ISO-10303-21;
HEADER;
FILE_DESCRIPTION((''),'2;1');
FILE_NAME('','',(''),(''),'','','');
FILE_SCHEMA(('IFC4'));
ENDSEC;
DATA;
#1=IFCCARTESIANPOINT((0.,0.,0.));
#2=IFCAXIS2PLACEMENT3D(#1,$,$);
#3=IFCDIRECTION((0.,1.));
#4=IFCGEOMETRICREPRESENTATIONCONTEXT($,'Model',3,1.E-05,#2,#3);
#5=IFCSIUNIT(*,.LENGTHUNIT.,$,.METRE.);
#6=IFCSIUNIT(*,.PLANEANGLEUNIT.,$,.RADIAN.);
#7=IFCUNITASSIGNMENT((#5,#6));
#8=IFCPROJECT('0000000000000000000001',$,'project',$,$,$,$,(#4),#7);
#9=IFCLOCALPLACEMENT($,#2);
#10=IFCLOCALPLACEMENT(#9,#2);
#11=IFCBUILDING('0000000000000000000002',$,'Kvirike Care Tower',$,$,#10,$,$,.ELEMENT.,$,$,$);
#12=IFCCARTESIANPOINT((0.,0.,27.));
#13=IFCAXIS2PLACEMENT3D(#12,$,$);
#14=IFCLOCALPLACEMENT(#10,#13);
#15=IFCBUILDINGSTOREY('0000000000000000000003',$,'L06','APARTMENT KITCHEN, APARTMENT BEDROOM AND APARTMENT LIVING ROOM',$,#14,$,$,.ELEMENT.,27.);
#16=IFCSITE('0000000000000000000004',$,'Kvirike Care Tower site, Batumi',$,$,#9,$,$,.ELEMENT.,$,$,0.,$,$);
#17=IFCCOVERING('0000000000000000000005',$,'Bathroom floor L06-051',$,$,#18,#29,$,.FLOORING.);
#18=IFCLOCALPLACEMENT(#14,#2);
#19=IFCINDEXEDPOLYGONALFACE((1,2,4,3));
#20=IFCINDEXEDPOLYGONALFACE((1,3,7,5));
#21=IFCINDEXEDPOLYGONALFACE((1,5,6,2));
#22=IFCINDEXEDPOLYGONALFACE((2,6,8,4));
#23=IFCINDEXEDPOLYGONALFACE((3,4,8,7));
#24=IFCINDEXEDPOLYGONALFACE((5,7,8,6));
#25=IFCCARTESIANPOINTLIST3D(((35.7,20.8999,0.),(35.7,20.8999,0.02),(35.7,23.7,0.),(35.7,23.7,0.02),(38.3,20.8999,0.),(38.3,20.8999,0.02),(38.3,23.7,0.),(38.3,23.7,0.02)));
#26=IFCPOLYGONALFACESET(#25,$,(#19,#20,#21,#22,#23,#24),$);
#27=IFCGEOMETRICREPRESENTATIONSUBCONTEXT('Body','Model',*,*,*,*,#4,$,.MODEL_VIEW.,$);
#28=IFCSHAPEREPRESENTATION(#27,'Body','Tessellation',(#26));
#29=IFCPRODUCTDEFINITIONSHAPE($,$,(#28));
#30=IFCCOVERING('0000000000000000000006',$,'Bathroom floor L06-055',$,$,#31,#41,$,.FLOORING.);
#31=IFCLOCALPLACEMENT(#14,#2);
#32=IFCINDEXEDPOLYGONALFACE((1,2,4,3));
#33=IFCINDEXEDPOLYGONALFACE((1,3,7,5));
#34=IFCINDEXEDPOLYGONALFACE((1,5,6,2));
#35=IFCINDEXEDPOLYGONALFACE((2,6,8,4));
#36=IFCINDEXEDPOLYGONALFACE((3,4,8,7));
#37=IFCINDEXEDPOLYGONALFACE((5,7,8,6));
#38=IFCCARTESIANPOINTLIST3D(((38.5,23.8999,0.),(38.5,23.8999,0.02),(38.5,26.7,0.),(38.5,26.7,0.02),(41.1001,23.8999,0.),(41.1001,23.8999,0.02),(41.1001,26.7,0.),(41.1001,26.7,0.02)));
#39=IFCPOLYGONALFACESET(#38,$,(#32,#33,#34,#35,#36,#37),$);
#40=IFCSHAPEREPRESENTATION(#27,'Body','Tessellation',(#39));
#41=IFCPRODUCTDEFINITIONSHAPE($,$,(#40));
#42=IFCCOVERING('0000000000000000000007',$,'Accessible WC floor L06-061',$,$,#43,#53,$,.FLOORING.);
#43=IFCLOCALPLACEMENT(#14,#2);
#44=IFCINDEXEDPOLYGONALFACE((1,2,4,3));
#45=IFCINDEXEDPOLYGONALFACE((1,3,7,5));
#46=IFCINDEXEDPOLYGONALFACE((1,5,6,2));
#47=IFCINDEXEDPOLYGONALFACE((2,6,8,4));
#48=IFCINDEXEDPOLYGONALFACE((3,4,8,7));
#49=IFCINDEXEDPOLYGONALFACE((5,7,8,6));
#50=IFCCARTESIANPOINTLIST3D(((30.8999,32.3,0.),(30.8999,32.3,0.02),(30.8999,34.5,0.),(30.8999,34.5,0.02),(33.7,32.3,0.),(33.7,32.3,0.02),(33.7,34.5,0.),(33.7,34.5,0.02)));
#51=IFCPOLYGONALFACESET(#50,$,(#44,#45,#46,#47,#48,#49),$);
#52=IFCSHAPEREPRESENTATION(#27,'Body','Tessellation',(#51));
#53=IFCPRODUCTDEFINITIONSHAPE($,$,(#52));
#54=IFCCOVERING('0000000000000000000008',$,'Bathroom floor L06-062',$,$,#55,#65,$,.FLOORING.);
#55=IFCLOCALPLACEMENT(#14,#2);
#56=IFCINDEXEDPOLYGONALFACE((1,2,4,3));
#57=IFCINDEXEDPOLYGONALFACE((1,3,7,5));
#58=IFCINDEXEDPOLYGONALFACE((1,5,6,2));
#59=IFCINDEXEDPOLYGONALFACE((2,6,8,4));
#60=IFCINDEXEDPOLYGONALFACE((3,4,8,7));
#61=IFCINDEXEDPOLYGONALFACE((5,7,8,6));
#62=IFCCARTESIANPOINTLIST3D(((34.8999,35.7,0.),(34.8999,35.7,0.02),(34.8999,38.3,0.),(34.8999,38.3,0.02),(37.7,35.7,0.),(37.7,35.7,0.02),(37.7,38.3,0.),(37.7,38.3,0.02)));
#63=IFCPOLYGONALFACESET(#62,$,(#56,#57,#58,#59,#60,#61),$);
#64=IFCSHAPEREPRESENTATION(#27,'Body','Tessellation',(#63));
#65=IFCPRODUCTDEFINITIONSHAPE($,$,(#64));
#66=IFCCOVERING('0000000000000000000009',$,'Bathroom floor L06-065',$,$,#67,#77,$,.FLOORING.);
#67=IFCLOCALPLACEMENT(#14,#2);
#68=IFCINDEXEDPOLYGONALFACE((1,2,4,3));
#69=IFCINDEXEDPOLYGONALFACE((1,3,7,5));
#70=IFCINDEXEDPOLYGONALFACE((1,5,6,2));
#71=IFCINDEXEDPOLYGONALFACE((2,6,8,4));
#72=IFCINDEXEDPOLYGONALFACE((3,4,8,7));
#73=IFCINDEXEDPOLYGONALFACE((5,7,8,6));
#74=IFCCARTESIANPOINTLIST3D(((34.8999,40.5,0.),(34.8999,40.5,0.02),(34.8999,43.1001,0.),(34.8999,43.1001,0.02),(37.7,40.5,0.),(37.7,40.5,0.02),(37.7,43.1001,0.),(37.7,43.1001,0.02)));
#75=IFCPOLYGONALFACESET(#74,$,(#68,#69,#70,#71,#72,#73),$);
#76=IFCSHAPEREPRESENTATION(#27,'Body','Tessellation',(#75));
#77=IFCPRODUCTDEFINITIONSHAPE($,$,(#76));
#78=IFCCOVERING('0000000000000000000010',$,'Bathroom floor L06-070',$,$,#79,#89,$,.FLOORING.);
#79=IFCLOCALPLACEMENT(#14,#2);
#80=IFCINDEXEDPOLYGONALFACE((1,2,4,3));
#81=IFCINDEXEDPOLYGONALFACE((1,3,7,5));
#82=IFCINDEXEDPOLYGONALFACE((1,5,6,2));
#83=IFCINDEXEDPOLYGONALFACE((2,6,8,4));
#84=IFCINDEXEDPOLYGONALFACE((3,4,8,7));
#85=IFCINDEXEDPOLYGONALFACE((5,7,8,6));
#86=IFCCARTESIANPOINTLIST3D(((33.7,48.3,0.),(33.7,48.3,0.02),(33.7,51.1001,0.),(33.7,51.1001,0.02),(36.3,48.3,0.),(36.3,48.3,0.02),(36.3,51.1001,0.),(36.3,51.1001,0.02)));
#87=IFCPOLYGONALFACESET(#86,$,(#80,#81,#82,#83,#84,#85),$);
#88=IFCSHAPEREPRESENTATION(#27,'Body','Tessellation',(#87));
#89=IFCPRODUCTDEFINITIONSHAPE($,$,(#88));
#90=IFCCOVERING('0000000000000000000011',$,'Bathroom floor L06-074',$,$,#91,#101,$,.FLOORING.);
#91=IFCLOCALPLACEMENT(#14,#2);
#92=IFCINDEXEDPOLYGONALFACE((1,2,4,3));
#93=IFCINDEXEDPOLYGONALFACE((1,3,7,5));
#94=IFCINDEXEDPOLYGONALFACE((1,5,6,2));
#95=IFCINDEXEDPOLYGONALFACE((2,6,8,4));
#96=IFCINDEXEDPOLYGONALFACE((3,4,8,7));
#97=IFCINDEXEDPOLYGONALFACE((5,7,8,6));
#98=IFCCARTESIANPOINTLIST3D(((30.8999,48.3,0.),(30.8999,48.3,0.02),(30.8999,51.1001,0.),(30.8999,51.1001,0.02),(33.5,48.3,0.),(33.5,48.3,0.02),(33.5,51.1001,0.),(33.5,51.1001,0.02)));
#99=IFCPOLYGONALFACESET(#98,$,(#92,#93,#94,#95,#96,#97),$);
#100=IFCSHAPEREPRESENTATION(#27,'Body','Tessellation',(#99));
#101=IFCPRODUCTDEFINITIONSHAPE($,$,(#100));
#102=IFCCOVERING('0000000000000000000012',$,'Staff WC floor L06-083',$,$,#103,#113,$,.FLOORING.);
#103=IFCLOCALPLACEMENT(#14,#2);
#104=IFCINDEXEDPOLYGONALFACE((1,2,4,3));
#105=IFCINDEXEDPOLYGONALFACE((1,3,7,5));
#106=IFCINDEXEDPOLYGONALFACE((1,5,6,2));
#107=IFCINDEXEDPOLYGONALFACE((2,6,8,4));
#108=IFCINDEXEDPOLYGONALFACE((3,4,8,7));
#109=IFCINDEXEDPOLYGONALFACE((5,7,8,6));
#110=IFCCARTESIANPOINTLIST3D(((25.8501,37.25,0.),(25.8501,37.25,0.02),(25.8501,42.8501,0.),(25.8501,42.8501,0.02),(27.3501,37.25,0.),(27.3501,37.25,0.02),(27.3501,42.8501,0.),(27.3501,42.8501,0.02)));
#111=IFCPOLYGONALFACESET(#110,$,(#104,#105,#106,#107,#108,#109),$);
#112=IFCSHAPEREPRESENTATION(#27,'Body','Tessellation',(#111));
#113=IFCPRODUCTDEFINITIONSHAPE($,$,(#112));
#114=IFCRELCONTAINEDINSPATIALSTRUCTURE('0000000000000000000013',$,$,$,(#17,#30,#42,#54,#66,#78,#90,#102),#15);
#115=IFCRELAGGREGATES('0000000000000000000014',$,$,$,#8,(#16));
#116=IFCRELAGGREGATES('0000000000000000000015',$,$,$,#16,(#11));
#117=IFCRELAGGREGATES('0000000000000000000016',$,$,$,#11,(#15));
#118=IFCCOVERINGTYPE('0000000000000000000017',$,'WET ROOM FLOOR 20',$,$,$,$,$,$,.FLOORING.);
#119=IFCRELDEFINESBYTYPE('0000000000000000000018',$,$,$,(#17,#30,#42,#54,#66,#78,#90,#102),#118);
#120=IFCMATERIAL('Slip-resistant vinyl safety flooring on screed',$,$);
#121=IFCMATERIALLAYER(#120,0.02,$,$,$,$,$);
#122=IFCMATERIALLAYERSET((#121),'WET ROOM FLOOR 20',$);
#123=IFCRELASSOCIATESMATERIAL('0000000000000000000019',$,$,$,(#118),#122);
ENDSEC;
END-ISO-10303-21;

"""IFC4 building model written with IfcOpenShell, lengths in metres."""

from ifc_helpers import new_model, si_unit, direction, frame, origin, place, context, subcontext, project, spatial, polyline, outline, extrude, material, layer, layer_set, type_object, element, save


model = new_model("IFC4")

# Units and contexts
model_context = context("Model", 3, precision=1e-05, world=origin(), true_north=direction((0.0, 1.0)))
body_context = subcontext(model_context, "Body", "Model", "MODEL_VIEW")
ifc_project = project(units=[si_unit("LENGTHUNIT", "METRE"), si_unit("PLANEANGLEUNIT", "RADIAN")], contexts=[model_context])

# Site, building, storey
site_placement = place(None, origin())
site = spatial("IfcSite", under=ifc_project, at=site_placement, Name="Kvirike Care Tower site, Batumi", CompositionType="ELEMENT", RefElevation=0.0)
building_placement = place(site_placement, origin())
building = spatial("IfcBuilding", under=site, at=building_placement, Name="Kvirike Care Tower", CompositionType="ELEMENT")
storey_placement = place(building_placement, frame((0.0, 0.0, 27.0)))
storey = spatial("IfcBuildingStorey", under=building, at=storey_placement, Name="L06", Description="APARTMENT KITCHEN, APARTMENT BEDROOM AND APARTMENT LIVING ROOM", CompositionType="ELEMENT", Elevation=27.0)

# Coverings
ifc_material_1 = material(Name="Slip-resistant vinyl safety flooring on screed")
ifc_layer_1 = layer(ifc_material_1, 0.02)
ifc_layer_set_1 = layer_set([ifc_layer_1], Name="WET ROOM FLOOR 20")
covering_type = type_object("IfcCoveringType", Name="WET ROOM FLOOR 20", PredefinedType="FLOORING", material=ifc_layer_set_1)
covering_1_placement = place(storey_placement, origin())
element("IfcCovering", 1, at=covering_1_placement, inside=storey, type_object=covering_type, Name="Bathroom floor L06-051", PredefinedType="FLOORING", context=body_context, shape_type="SweptSolid", body=[
    extrude(outline(polyline([(35.7, 20.8999), (35.7, 23.7), (38.3, 23.7), (38.3, 20.8999), (35.7, 20.8999)])), origin(), (0.0, 0.0, 1.0), 0.02),
])
covering_2_placement = place(storey_placement, origin())
element("IfcCovering", 2, at=covering_2_placement, inside=storey, type_object=covering_type, Name="Bathroom floor L06-055", PredefinedType="FLOORING", context=body_context, shape_type="SweptSolid", body=[
    extrude(outline(polyline([(38.5, 23.8999), (38.5, 26.7), (41.1001, 26.7), (41.1001, 23.8999), (38.5, 23.8999)])), origin(), (0.0, 0.0, 1.0), 0.02),
])
covering_3_placement = place(storey_placement, origin())
element("IfcCovering", 3, at=covering_3_placement, inside=storey, type_object=covering_type, Name="Accessible WC floor L06-061", PredefinedType="FLOORING", context=body_context, shape_type="SweptSolid", body=[
    extrude(outline(polyline([(33.7, 32.3), (30.8999, 32.3), (30.8999, 34.5), (33.7, 34.5), (33.7, 32.3)])), origin(), (0.0, 0.0, 1.0), 0.02),
])
covering_4_placement = place(storey_placement, origin())
element("IfcCovering", 4, at=covering_4_placement, inside=storey, type_object=covering_type, Name="Bathroom floor L06-062", PredefinedType="FLOORING", context=body_context, shape_type="SweptSolid", body=[
    extrude(outline(polyline([(37.7, 35.7), (34.8999, 35.7), (34.8999, 38.3), (37.7, 38.3), (37.7, 35.7)])), origin(), (0.0, 0.0, 1.0), 0.02),
])
covering_5_placement = place(storey_placement, origin())
element("IfcCovering", 5, at=covering_5_placement, inside=storey, type_object=covering_type, Name="Bathroom floor L06-065", PredefinedType="FLOORING", context=body_context, shape_type="SweptSolid", body=[
    extrude(outline(polyline([(37.7, 40.5), (34.8999, 40.5), (34.8999, 43.1001), (37.7, 43.1001), (37.7, 40.5)])), origin(), (0.0, 0.0, 1.0), 0.02),
])
covering_6_placement = place(storey_placement, origin())
element("IfcCovering", 6, at=covering_6_placement, inside=storey, type_object=covering_type, Name="Bathroom floor L06-070", PredefinedType="FLOORING", context=body_context, shape_type="SweptSolid", body=[
    extrude(outline(polyline([(36.3, 51.1001), (36.3, 48.3), (33.7, 48.3), (33.7, 51.1001), (36.3, 51.1001)])), origin(), (0.0, 0.0, 1.0), 0.02),
])
covering_7_placement = place(storey_placement, origin())
element("IfcCovering", 7, at=covering_7_placement, inside=storey, type_object=covering_type, Name="Bathroom floor L06-074", PredefinedType="FLOORING", context=body_context, shape_type="SweptSolid", body=[
    extrude(outline(polyline([(33.5, 51.1001), (33.5, 48.3), (30.8999, 48.3), (30.8999, 51.1001), (33.5, 51.1001)])), origin(), (0.0, 0.0, 1.0), 0.02),
])
covering_8_placement = place(storey_placement, origin())
element("IfcCovering", 8, at=covering_8_placement, inside=storey, type_object=covering_type, Name="Staff WC floor L06-083", PredefinedType="FLOORING", context=body_context, shape_type="SweptSolid", body=[
    extrude(outline(polyline([(27.3501, 37.25), (25.8501, 37.25), (25.8501, 42.8501), (27.3501, 42.8501), (27.3501, 37.25)])), origin(), (0.0, 0.0, 1.0), 0.02),
])

save(model, "model.ifc")
